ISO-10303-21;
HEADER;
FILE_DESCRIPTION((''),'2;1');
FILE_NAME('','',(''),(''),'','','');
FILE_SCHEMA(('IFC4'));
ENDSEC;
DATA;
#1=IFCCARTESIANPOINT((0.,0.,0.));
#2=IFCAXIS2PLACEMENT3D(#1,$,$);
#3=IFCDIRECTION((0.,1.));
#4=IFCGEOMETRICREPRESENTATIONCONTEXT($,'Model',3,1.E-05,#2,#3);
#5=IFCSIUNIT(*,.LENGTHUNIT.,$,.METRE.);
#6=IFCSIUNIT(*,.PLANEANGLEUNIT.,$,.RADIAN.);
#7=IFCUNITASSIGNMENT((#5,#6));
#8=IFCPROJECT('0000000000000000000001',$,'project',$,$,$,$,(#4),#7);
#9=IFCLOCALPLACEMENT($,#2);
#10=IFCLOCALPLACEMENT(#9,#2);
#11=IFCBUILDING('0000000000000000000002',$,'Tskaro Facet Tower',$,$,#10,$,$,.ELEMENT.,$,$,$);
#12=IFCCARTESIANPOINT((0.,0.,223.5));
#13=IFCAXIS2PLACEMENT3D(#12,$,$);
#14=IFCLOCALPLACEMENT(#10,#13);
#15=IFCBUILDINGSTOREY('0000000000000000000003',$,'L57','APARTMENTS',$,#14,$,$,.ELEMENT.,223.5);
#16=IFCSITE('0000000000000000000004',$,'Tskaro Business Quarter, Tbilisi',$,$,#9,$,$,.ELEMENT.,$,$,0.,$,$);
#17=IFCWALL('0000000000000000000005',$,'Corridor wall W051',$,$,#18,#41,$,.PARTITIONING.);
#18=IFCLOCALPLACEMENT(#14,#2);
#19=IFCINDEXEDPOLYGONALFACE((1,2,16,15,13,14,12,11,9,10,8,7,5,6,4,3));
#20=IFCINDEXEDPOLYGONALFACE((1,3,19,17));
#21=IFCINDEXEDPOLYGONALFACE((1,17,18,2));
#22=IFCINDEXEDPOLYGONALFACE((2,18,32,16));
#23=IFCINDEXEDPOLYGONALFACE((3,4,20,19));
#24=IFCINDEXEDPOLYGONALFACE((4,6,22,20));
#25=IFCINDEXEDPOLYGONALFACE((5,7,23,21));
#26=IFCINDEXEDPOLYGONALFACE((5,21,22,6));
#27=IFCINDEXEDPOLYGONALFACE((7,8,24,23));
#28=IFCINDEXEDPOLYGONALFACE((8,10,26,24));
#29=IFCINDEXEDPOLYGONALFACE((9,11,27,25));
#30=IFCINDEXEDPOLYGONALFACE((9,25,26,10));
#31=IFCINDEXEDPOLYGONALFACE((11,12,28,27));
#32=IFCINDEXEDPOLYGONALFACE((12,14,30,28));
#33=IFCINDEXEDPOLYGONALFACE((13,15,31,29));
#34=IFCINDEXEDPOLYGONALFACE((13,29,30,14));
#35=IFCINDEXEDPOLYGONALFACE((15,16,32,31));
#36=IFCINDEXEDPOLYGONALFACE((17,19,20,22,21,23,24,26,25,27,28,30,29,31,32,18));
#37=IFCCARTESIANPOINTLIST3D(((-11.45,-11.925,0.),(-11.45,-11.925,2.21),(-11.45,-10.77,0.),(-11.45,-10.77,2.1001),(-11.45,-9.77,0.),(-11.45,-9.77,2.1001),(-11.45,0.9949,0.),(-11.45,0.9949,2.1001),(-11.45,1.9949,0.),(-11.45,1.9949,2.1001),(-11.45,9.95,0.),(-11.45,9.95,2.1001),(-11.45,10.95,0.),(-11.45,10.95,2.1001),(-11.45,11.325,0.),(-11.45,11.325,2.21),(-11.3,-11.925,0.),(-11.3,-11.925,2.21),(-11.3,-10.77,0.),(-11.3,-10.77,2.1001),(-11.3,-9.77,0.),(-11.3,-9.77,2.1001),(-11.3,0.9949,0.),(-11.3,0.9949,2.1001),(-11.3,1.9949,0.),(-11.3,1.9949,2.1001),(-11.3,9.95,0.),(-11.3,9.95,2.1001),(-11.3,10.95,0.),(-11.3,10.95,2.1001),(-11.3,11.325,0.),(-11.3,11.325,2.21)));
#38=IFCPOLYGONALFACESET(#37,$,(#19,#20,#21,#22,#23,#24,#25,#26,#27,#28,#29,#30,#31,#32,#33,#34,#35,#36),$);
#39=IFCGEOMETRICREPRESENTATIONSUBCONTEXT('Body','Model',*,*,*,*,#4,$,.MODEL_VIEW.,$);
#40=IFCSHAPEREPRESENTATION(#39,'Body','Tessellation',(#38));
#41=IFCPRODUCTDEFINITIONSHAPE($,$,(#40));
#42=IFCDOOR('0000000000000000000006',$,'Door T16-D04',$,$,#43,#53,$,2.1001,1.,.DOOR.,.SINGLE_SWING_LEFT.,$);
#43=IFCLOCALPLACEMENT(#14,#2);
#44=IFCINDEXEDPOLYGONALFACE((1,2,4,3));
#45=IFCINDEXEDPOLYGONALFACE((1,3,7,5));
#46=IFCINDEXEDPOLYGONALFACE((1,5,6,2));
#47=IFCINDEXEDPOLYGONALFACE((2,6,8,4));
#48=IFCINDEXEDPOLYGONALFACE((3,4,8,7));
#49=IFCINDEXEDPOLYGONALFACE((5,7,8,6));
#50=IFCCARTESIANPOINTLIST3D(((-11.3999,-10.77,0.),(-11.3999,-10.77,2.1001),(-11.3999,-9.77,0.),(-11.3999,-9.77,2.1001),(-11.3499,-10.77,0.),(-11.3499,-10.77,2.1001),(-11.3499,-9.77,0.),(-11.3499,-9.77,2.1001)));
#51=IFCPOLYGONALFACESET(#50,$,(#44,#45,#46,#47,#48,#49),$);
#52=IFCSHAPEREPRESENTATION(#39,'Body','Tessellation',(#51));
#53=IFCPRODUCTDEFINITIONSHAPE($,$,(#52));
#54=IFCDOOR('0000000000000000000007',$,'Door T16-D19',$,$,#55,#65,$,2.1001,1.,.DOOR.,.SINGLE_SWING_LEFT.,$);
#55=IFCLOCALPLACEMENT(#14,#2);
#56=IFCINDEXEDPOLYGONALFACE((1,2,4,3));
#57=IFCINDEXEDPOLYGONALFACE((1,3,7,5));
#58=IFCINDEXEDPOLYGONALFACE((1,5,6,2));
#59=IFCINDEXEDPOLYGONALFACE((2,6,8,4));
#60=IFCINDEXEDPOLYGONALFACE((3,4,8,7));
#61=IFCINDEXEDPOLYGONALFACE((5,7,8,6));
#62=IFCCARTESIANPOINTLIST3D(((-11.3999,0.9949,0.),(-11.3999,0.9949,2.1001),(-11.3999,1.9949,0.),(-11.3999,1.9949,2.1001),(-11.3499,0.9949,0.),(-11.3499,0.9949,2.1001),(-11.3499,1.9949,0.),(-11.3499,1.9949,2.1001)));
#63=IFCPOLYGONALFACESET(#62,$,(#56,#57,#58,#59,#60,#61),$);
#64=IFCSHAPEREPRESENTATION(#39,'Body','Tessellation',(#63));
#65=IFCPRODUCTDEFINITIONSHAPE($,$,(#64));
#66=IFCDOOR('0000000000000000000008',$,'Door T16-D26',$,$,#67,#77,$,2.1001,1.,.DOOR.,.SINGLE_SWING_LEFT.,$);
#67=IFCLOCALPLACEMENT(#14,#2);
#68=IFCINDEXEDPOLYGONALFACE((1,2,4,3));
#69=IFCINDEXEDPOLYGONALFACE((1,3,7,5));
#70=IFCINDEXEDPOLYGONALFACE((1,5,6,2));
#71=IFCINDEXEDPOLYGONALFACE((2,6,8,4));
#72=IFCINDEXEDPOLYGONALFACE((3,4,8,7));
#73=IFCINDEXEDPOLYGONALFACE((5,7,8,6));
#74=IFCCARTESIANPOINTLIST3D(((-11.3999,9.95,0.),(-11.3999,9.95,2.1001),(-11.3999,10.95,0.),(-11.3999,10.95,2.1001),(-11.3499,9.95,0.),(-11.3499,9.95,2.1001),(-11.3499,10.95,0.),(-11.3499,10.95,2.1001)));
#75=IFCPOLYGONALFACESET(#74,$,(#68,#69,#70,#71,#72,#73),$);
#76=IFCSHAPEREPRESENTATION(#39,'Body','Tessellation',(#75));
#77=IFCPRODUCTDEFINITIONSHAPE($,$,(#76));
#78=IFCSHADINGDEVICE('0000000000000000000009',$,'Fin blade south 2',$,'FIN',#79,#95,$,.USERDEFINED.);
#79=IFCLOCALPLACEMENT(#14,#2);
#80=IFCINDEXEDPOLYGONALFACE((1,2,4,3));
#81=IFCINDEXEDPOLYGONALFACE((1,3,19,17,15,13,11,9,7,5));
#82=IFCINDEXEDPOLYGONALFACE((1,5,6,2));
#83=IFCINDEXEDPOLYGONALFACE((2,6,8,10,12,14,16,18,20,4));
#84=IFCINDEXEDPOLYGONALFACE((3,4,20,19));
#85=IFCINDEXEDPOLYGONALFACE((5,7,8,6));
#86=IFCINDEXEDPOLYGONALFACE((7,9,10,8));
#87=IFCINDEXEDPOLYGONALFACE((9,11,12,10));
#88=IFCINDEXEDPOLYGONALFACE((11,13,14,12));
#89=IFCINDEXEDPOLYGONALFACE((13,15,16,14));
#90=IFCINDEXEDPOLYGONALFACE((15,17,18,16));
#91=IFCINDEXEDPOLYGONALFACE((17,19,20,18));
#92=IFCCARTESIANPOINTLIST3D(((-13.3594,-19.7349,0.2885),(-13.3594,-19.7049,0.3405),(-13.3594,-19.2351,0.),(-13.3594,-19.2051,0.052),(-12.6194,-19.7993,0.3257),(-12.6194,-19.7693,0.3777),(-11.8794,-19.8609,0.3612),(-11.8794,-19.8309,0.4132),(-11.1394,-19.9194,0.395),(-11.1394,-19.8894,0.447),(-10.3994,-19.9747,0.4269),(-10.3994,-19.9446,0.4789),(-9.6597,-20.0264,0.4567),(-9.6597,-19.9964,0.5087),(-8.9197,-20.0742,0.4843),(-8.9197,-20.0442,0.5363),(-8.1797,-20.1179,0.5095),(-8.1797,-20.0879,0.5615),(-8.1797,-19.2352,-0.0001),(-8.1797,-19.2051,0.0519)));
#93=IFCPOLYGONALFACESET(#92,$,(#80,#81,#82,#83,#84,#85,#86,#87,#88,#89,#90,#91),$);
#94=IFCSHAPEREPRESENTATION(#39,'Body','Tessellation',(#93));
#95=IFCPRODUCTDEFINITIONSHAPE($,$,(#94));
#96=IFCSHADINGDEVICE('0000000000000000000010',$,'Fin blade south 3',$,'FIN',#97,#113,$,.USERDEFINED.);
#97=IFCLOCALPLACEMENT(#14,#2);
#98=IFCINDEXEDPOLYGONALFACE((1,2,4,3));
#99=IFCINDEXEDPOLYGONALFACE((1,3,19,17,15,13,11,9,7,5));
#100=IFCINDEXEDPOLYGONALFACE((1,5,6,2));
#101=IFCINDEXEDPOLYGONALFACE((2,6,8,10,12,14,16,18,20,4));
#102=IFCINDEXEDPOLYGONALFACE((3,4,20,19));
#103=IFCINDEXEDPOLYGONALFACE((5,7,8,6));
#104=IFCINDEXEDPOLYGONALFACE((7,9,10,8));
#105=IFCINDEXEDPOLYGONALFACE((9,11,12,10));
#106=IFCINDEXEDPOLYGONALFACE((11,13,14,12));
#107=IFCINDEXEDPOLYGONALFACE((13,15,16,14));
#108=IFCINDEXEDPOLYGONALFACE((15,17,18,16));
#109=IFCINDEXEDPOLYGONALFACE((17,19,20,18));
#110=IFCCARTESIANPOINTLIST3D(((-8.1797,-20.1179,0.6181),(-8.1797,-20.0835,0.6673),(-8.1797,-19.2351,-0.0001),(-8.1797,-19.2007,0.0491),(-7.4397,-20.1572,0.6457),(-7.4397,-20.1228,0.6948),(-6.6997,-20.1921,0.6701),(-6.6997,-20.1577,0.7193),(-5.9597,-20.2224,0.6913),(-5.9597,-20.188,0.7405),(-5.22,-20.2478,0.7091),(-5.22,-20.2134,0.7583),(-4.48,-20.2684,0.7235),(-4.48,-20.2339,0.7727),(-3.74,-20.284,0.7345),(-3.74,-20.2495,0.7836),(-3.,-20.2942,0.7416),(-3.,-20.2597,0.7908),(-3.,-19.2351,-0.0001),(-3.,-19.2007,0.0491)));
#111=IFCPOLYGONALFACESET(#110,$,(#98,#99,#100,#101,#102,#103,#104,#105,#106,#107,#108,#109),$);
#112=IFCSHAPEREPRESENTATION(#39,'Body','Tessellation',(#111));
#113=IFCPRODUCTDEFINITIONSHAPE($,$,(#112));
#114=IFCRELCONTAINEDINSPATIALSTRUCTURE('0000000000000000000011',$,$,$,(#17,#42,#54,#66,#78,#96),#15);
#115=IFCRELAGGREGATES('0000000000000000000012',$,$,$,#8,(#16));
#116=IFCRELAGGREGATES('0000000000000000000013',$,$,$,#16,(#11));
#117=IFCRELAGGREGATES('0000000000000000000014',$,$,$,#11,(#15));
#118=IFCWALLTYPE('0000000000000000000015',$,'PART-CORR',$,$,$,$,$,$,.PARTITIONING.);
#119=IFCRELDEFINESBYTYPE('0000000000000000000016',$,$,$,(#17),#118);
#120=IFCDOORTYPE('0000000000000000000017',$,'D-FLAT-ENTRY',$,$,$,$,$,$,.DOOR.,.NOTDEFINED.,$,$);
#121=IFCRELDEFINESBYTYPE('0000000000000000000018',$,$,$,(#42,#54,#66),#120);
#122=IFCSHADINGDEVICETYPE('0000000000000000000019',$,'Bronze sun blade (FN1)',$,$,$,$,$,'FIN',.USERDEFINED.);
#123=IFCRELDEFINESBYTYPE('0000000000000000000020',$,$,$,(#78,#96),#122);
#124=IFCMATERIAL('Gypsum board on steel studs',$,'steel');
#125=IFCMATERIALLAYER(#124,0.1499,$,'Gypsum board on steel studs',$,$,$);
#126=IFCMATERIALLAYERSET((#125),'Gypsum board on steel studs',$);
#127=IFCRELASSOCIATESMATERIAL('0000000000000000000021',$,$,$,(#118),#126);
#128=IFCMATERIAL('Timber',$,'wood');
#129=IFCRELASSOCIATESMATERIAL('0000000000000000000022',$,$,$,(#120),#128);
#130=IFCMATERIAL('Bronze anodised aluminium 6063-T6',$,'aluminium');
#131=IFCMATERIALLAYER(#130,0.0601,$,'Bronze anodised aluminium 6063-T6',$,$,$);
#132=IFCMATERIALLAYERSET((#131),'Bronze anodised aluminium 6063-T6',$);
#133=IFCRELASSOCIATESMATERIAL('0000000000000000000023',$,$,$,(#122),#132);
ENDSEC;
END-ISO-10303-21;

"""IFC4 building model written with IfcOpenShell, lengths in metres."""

from ifc_helpers import new_model, si_unit, direction, frame, frame_2d, origin, place, context, subcontext, project, spatial, polyline, rectangle, outline, extrude, material, layer, layer_set, type_object, element, fill, save


model = new_model("IFC4")

# Units and contexts
model_context = context("Model", 3, precision=1e-05, world=origin(), true_north=direction((0.0, 1.0)))
body_context = subcontext(model_context, "Body", "Model", "MODEL_VIEW")
ifc_project = project(units=[si_unit("LENGTHUNIT", "METRE"), si_unit("PLANEANGLEUNIT", "RADIAN")], contexts=[model_context])

# Site, building, storey
site_placement = place(None, origin())
site = spatial("IfcSite", under=ifc_project, at=site_placement, Name="Tskaro Business Quarter, Tbilisi", CompositionType="ELEMENT", RefElevation=0.0)
building_placement = place(site_placement, origin())
building = spatial("IfcBuilding", under=site, at=building_placement, Name="Tskaro Facet Tower", CompositionType="ELEMENT")
storey_placement = place(building_placement, frame((0.0, 0.0, 223.5)))
storey = spatial("IfcBuildingStorey", under=building, at=storey_placement, Name="L57", Description="APARTMENTS", CompositionType="ELEMENT", Elevation=223.5)

# Shared definitions
ifc_material_1 = material(Name="Bronze anodised aluminium 6063-T6", Category="aluminium")

# Shared definitions
ifc_material_2 = material(Name="Gypsum board on steel studs", Category="steel")
ifc_material_3 = material(Name="Timber", Category="wood")

# Shared definitions
ifc_layer_1 = layer(ifc_material_2, 0.1499, Name="Gypsum board on steel studs")
ifc_layer_set_1 = layer_set([ifc_layer_1], Name="Gypsum board on steel studs")
wall_type_1 = type_object("IfcWallType", Name="PART-CORR", PredefinedType="PARTITIONING", material=ifc_layer_set_1)

# Wall, openings, doors
wall_1_placement = place(storey_placement, frame((-11.375, -11.925, 0.0), z_axis=(0.0, 0.0, 1.0), x_axis=(0.0, 1.0, 0.0)))
wall_1 = element("IfcWall", 1, at=wall_1_placement, inside=storey, type_object=wall_type_1, Name="Corridor wall W051", PredefinedType="PARTITIONING", context=body_context, shape_type="SweptSolid", body=[
    extrude(rectangle(XDim=23.25, YDim=0.1499, at=frame_2d((11.625, 0.0))), origin(), (0.0, 0.0, 1.0), 2.21),
])
opening_1_placement = place(wall_1_placement, frame((1.155, 0.0, 0.0)))
opening_1 = element("IfcOpeningElement", 2, at=opening_1_placement, cuts=wall_1, PredefinedType="OPENING", context=body_context, shape_type="SweptSolid", body=[
    extrude(rectangle(XDim=1.0, YDim=2.1001, at=frame_2d((0.5, 1.05))), frame((0.0, 0.085, 0.0), z_axis=(0.0, -1.0, 0.0), x_axis=(1.0, 0.0, 0.0)), (0.0, 0.0, 1.0), 0.1699),
])
opening_2_placement = place(wall_1_placement, frame((12.9199, 0.0, 0.0)))
opening_2 = element("IfcOpeningElement", 3, at=opening_2_placement, cuts=wall_1, PredefinedType="OPENING", context=body_context, shape_type="SweptSolid", body=[
    extrude(rectangle(XDim=1.0, YDim=2.1001, at=frame_2d((0.5, 1.05))), frame((0.0, 0.085, 0.0), z_axis=(0.0, -1.0, 0.0), x_axis=(1.0, 0.0, 0.0)), (0.0, 0.0, 1.0), 0.1699),
])
opening_3_placement = place(wall_1_placement, frame((21.875, 0.0, 0.0)))
opening_3 = element("IfcOpeningElement", 4, at=opening_3_placement, cuts=wall_1, PredefinedType="OPENING", context=body_context, shape_type="SweptSolid", body=[
    extrude(rectangle(XDim=1.0, YDim=2.1001, at=frame_2d((0.5, 1.05))), frame((0.0, 0.085, 0.0), z_axis=(0.0, -1.0, 0.0), x_axis=(1.0, 0.0, 0.0)), (0.0, 0.0, 1.0), 0.1699),
])
door_type_1 = type_object("IfcDoorType", Name="D-FLAT-ENTRY", OperationType="NOTDEFINED", PredefinedType="DOOR", material=ifc_material_3)
door_1_placement = place(opening_1_placement, origin())
door_1 = element("IfcDoor", 5, at=door_1_placement, inside=storey, type_object=door_type_1, Name="Door T16-D04", OperationType="SINGLE_SWING_LEFT", OverallHeight=2.1001, OverallWidth=1.0, PredefinedType="DOOR", context=body_context, shape_type="SweptSolid", body=[
    extrude(rectangle(XDim=1.0, YDim=2.1001, at=frame_2d((0.5, 1.05))), frame((0.0, 0.0249, 0.0), z_axis=(0.0, -1.0, 0.0), x_axis=(1.0, 0.0, 0.0)), (0.0, 0.0, 1.0), 0.05),
])
fill(opening_1, door_1)
door_2_placement = place(opening_2_placement, origin())
door_2 = element("IfcDoor", 6, at=door_2_placement, inside=storey, type_object=door_type_1, Name="Door T16-D19", OperationType="SINGLE_SWING_LEFT", OverallHeight=2.1001, OverallWidth=1.0, PredefinedType="DOOR", context=body_context, shape_type="SweptSolid", body=[
    extrude(rectangle(XDim=1.0, YDim=2.1001, at=frame_2d((0.5, 1.05))), frame((0.0, 0.0249, 0.0), z_axis=(0.0, -1.0, 0.0), x_axis=(1.0, 0.0, 0.0)), (0.0, 0.0, 1.0), 0.05),
])
fill(opening_2, door_2)
door_3_placement = place(opening_3_placement, origin())
door_3 = element("IfcDoor", 7, at=door_3_placement, inside=storey, type_object=door_type_1, Name="Door T16-D26", OperationType="SINGLE_SWING_LEFT", OverallHeight=2.1001, OverallWidth=1.0, PredefinedType="DOOR", context=body_context, shape_type="SweptSolid", body=[
    extrude(rectangle(XDim=1.0, YDim=2.1001, at=frame_2d((0.5, 1.05))), frame((0.0, 0.0249, 0.0), z_axis=(0.0, -1.0, 0.0), x_axis=(1.0, 0.0, 0.0)), (0.0, 0.0, 1.0), 0.05),
])
fill(opening_3, door_3)

# Shading devices
ifc_layer_2 = layer(ifc_material_1, 0.0601, Name="Bronze anodised aluminium 6063-T6")
ifc_layer_set_2 = layer_set([ifc_layer_2], Name="Bronze anodised aluminium 6063-T6")
shading_device_type = type_object("IfcShadingDeviceType", Name="Bronze sun blade (FN1)", ElementType="FIN", PredefinedType="USERDEFINED", material=ifc_layer_set_2)
shading_device_1_placement = place(storey_placement, frame((-13.3594, -19.2051, 0.052), z_axis=(0.000018, 0.49997, 0.866043), x_axis=(1.0, -0.000009, -0.000015)))
element("IfcShadingDevice", 8, at=shading_device_1_placement, inside=storey, type_object=shading_device_type, Name="Fin blade south 2", ObjectType="FIN", PredefinedType="USERDEFINED", context=body_context, shape_type="SweptSolid", body=[
    extrude(outline(polyline([(0.0, 0.0), (5.1797, 0.0), (5.1797, -1.0193), (4.4397, -0.9689), (3.6997, -0.9136), (2.96, -0.8539), (2.22, -0.7902), (1.48, -0.7226), (0.74, -0.6515), (0.0, -0.5771), (0.0, 0.0)])), origin(), (0.0, 0.0, -1.0), 0.0601),
])
shading_device_2_placement = place(storey_placement, frame((-8.1797, -19.2007, 0.0491), z_axis=(-0.000007, 0.57364, 0.819107), x_axis=(1.0, 0.000004, 0.000006)))
element("IfcShadingDevice", 9, at=shading_device_2_placement, inside=storey, type_object=shading_device_type, Name="Fin blade south 3", ObjectType="FIN", PredefinedType="USERDEFINED", context=body_context, shape_type="SweptSolid", body=[
    extrude(outline(polyline([(0.0, 0.0), (5.1797, 0.0), (5.1797, -1.293), (4.4397, -1.2805), (3.6997, -1.2614), (2.9597, -1.2363), (2.22, -1.2053), (1.48, -1.1683), (0.74, -1.1257), (0.0, -1.0777), (0.0, 0.0)])), origin(), (0.0, 0.0, -1.0), 0.0601),
])

save(model, "model.ifc")
